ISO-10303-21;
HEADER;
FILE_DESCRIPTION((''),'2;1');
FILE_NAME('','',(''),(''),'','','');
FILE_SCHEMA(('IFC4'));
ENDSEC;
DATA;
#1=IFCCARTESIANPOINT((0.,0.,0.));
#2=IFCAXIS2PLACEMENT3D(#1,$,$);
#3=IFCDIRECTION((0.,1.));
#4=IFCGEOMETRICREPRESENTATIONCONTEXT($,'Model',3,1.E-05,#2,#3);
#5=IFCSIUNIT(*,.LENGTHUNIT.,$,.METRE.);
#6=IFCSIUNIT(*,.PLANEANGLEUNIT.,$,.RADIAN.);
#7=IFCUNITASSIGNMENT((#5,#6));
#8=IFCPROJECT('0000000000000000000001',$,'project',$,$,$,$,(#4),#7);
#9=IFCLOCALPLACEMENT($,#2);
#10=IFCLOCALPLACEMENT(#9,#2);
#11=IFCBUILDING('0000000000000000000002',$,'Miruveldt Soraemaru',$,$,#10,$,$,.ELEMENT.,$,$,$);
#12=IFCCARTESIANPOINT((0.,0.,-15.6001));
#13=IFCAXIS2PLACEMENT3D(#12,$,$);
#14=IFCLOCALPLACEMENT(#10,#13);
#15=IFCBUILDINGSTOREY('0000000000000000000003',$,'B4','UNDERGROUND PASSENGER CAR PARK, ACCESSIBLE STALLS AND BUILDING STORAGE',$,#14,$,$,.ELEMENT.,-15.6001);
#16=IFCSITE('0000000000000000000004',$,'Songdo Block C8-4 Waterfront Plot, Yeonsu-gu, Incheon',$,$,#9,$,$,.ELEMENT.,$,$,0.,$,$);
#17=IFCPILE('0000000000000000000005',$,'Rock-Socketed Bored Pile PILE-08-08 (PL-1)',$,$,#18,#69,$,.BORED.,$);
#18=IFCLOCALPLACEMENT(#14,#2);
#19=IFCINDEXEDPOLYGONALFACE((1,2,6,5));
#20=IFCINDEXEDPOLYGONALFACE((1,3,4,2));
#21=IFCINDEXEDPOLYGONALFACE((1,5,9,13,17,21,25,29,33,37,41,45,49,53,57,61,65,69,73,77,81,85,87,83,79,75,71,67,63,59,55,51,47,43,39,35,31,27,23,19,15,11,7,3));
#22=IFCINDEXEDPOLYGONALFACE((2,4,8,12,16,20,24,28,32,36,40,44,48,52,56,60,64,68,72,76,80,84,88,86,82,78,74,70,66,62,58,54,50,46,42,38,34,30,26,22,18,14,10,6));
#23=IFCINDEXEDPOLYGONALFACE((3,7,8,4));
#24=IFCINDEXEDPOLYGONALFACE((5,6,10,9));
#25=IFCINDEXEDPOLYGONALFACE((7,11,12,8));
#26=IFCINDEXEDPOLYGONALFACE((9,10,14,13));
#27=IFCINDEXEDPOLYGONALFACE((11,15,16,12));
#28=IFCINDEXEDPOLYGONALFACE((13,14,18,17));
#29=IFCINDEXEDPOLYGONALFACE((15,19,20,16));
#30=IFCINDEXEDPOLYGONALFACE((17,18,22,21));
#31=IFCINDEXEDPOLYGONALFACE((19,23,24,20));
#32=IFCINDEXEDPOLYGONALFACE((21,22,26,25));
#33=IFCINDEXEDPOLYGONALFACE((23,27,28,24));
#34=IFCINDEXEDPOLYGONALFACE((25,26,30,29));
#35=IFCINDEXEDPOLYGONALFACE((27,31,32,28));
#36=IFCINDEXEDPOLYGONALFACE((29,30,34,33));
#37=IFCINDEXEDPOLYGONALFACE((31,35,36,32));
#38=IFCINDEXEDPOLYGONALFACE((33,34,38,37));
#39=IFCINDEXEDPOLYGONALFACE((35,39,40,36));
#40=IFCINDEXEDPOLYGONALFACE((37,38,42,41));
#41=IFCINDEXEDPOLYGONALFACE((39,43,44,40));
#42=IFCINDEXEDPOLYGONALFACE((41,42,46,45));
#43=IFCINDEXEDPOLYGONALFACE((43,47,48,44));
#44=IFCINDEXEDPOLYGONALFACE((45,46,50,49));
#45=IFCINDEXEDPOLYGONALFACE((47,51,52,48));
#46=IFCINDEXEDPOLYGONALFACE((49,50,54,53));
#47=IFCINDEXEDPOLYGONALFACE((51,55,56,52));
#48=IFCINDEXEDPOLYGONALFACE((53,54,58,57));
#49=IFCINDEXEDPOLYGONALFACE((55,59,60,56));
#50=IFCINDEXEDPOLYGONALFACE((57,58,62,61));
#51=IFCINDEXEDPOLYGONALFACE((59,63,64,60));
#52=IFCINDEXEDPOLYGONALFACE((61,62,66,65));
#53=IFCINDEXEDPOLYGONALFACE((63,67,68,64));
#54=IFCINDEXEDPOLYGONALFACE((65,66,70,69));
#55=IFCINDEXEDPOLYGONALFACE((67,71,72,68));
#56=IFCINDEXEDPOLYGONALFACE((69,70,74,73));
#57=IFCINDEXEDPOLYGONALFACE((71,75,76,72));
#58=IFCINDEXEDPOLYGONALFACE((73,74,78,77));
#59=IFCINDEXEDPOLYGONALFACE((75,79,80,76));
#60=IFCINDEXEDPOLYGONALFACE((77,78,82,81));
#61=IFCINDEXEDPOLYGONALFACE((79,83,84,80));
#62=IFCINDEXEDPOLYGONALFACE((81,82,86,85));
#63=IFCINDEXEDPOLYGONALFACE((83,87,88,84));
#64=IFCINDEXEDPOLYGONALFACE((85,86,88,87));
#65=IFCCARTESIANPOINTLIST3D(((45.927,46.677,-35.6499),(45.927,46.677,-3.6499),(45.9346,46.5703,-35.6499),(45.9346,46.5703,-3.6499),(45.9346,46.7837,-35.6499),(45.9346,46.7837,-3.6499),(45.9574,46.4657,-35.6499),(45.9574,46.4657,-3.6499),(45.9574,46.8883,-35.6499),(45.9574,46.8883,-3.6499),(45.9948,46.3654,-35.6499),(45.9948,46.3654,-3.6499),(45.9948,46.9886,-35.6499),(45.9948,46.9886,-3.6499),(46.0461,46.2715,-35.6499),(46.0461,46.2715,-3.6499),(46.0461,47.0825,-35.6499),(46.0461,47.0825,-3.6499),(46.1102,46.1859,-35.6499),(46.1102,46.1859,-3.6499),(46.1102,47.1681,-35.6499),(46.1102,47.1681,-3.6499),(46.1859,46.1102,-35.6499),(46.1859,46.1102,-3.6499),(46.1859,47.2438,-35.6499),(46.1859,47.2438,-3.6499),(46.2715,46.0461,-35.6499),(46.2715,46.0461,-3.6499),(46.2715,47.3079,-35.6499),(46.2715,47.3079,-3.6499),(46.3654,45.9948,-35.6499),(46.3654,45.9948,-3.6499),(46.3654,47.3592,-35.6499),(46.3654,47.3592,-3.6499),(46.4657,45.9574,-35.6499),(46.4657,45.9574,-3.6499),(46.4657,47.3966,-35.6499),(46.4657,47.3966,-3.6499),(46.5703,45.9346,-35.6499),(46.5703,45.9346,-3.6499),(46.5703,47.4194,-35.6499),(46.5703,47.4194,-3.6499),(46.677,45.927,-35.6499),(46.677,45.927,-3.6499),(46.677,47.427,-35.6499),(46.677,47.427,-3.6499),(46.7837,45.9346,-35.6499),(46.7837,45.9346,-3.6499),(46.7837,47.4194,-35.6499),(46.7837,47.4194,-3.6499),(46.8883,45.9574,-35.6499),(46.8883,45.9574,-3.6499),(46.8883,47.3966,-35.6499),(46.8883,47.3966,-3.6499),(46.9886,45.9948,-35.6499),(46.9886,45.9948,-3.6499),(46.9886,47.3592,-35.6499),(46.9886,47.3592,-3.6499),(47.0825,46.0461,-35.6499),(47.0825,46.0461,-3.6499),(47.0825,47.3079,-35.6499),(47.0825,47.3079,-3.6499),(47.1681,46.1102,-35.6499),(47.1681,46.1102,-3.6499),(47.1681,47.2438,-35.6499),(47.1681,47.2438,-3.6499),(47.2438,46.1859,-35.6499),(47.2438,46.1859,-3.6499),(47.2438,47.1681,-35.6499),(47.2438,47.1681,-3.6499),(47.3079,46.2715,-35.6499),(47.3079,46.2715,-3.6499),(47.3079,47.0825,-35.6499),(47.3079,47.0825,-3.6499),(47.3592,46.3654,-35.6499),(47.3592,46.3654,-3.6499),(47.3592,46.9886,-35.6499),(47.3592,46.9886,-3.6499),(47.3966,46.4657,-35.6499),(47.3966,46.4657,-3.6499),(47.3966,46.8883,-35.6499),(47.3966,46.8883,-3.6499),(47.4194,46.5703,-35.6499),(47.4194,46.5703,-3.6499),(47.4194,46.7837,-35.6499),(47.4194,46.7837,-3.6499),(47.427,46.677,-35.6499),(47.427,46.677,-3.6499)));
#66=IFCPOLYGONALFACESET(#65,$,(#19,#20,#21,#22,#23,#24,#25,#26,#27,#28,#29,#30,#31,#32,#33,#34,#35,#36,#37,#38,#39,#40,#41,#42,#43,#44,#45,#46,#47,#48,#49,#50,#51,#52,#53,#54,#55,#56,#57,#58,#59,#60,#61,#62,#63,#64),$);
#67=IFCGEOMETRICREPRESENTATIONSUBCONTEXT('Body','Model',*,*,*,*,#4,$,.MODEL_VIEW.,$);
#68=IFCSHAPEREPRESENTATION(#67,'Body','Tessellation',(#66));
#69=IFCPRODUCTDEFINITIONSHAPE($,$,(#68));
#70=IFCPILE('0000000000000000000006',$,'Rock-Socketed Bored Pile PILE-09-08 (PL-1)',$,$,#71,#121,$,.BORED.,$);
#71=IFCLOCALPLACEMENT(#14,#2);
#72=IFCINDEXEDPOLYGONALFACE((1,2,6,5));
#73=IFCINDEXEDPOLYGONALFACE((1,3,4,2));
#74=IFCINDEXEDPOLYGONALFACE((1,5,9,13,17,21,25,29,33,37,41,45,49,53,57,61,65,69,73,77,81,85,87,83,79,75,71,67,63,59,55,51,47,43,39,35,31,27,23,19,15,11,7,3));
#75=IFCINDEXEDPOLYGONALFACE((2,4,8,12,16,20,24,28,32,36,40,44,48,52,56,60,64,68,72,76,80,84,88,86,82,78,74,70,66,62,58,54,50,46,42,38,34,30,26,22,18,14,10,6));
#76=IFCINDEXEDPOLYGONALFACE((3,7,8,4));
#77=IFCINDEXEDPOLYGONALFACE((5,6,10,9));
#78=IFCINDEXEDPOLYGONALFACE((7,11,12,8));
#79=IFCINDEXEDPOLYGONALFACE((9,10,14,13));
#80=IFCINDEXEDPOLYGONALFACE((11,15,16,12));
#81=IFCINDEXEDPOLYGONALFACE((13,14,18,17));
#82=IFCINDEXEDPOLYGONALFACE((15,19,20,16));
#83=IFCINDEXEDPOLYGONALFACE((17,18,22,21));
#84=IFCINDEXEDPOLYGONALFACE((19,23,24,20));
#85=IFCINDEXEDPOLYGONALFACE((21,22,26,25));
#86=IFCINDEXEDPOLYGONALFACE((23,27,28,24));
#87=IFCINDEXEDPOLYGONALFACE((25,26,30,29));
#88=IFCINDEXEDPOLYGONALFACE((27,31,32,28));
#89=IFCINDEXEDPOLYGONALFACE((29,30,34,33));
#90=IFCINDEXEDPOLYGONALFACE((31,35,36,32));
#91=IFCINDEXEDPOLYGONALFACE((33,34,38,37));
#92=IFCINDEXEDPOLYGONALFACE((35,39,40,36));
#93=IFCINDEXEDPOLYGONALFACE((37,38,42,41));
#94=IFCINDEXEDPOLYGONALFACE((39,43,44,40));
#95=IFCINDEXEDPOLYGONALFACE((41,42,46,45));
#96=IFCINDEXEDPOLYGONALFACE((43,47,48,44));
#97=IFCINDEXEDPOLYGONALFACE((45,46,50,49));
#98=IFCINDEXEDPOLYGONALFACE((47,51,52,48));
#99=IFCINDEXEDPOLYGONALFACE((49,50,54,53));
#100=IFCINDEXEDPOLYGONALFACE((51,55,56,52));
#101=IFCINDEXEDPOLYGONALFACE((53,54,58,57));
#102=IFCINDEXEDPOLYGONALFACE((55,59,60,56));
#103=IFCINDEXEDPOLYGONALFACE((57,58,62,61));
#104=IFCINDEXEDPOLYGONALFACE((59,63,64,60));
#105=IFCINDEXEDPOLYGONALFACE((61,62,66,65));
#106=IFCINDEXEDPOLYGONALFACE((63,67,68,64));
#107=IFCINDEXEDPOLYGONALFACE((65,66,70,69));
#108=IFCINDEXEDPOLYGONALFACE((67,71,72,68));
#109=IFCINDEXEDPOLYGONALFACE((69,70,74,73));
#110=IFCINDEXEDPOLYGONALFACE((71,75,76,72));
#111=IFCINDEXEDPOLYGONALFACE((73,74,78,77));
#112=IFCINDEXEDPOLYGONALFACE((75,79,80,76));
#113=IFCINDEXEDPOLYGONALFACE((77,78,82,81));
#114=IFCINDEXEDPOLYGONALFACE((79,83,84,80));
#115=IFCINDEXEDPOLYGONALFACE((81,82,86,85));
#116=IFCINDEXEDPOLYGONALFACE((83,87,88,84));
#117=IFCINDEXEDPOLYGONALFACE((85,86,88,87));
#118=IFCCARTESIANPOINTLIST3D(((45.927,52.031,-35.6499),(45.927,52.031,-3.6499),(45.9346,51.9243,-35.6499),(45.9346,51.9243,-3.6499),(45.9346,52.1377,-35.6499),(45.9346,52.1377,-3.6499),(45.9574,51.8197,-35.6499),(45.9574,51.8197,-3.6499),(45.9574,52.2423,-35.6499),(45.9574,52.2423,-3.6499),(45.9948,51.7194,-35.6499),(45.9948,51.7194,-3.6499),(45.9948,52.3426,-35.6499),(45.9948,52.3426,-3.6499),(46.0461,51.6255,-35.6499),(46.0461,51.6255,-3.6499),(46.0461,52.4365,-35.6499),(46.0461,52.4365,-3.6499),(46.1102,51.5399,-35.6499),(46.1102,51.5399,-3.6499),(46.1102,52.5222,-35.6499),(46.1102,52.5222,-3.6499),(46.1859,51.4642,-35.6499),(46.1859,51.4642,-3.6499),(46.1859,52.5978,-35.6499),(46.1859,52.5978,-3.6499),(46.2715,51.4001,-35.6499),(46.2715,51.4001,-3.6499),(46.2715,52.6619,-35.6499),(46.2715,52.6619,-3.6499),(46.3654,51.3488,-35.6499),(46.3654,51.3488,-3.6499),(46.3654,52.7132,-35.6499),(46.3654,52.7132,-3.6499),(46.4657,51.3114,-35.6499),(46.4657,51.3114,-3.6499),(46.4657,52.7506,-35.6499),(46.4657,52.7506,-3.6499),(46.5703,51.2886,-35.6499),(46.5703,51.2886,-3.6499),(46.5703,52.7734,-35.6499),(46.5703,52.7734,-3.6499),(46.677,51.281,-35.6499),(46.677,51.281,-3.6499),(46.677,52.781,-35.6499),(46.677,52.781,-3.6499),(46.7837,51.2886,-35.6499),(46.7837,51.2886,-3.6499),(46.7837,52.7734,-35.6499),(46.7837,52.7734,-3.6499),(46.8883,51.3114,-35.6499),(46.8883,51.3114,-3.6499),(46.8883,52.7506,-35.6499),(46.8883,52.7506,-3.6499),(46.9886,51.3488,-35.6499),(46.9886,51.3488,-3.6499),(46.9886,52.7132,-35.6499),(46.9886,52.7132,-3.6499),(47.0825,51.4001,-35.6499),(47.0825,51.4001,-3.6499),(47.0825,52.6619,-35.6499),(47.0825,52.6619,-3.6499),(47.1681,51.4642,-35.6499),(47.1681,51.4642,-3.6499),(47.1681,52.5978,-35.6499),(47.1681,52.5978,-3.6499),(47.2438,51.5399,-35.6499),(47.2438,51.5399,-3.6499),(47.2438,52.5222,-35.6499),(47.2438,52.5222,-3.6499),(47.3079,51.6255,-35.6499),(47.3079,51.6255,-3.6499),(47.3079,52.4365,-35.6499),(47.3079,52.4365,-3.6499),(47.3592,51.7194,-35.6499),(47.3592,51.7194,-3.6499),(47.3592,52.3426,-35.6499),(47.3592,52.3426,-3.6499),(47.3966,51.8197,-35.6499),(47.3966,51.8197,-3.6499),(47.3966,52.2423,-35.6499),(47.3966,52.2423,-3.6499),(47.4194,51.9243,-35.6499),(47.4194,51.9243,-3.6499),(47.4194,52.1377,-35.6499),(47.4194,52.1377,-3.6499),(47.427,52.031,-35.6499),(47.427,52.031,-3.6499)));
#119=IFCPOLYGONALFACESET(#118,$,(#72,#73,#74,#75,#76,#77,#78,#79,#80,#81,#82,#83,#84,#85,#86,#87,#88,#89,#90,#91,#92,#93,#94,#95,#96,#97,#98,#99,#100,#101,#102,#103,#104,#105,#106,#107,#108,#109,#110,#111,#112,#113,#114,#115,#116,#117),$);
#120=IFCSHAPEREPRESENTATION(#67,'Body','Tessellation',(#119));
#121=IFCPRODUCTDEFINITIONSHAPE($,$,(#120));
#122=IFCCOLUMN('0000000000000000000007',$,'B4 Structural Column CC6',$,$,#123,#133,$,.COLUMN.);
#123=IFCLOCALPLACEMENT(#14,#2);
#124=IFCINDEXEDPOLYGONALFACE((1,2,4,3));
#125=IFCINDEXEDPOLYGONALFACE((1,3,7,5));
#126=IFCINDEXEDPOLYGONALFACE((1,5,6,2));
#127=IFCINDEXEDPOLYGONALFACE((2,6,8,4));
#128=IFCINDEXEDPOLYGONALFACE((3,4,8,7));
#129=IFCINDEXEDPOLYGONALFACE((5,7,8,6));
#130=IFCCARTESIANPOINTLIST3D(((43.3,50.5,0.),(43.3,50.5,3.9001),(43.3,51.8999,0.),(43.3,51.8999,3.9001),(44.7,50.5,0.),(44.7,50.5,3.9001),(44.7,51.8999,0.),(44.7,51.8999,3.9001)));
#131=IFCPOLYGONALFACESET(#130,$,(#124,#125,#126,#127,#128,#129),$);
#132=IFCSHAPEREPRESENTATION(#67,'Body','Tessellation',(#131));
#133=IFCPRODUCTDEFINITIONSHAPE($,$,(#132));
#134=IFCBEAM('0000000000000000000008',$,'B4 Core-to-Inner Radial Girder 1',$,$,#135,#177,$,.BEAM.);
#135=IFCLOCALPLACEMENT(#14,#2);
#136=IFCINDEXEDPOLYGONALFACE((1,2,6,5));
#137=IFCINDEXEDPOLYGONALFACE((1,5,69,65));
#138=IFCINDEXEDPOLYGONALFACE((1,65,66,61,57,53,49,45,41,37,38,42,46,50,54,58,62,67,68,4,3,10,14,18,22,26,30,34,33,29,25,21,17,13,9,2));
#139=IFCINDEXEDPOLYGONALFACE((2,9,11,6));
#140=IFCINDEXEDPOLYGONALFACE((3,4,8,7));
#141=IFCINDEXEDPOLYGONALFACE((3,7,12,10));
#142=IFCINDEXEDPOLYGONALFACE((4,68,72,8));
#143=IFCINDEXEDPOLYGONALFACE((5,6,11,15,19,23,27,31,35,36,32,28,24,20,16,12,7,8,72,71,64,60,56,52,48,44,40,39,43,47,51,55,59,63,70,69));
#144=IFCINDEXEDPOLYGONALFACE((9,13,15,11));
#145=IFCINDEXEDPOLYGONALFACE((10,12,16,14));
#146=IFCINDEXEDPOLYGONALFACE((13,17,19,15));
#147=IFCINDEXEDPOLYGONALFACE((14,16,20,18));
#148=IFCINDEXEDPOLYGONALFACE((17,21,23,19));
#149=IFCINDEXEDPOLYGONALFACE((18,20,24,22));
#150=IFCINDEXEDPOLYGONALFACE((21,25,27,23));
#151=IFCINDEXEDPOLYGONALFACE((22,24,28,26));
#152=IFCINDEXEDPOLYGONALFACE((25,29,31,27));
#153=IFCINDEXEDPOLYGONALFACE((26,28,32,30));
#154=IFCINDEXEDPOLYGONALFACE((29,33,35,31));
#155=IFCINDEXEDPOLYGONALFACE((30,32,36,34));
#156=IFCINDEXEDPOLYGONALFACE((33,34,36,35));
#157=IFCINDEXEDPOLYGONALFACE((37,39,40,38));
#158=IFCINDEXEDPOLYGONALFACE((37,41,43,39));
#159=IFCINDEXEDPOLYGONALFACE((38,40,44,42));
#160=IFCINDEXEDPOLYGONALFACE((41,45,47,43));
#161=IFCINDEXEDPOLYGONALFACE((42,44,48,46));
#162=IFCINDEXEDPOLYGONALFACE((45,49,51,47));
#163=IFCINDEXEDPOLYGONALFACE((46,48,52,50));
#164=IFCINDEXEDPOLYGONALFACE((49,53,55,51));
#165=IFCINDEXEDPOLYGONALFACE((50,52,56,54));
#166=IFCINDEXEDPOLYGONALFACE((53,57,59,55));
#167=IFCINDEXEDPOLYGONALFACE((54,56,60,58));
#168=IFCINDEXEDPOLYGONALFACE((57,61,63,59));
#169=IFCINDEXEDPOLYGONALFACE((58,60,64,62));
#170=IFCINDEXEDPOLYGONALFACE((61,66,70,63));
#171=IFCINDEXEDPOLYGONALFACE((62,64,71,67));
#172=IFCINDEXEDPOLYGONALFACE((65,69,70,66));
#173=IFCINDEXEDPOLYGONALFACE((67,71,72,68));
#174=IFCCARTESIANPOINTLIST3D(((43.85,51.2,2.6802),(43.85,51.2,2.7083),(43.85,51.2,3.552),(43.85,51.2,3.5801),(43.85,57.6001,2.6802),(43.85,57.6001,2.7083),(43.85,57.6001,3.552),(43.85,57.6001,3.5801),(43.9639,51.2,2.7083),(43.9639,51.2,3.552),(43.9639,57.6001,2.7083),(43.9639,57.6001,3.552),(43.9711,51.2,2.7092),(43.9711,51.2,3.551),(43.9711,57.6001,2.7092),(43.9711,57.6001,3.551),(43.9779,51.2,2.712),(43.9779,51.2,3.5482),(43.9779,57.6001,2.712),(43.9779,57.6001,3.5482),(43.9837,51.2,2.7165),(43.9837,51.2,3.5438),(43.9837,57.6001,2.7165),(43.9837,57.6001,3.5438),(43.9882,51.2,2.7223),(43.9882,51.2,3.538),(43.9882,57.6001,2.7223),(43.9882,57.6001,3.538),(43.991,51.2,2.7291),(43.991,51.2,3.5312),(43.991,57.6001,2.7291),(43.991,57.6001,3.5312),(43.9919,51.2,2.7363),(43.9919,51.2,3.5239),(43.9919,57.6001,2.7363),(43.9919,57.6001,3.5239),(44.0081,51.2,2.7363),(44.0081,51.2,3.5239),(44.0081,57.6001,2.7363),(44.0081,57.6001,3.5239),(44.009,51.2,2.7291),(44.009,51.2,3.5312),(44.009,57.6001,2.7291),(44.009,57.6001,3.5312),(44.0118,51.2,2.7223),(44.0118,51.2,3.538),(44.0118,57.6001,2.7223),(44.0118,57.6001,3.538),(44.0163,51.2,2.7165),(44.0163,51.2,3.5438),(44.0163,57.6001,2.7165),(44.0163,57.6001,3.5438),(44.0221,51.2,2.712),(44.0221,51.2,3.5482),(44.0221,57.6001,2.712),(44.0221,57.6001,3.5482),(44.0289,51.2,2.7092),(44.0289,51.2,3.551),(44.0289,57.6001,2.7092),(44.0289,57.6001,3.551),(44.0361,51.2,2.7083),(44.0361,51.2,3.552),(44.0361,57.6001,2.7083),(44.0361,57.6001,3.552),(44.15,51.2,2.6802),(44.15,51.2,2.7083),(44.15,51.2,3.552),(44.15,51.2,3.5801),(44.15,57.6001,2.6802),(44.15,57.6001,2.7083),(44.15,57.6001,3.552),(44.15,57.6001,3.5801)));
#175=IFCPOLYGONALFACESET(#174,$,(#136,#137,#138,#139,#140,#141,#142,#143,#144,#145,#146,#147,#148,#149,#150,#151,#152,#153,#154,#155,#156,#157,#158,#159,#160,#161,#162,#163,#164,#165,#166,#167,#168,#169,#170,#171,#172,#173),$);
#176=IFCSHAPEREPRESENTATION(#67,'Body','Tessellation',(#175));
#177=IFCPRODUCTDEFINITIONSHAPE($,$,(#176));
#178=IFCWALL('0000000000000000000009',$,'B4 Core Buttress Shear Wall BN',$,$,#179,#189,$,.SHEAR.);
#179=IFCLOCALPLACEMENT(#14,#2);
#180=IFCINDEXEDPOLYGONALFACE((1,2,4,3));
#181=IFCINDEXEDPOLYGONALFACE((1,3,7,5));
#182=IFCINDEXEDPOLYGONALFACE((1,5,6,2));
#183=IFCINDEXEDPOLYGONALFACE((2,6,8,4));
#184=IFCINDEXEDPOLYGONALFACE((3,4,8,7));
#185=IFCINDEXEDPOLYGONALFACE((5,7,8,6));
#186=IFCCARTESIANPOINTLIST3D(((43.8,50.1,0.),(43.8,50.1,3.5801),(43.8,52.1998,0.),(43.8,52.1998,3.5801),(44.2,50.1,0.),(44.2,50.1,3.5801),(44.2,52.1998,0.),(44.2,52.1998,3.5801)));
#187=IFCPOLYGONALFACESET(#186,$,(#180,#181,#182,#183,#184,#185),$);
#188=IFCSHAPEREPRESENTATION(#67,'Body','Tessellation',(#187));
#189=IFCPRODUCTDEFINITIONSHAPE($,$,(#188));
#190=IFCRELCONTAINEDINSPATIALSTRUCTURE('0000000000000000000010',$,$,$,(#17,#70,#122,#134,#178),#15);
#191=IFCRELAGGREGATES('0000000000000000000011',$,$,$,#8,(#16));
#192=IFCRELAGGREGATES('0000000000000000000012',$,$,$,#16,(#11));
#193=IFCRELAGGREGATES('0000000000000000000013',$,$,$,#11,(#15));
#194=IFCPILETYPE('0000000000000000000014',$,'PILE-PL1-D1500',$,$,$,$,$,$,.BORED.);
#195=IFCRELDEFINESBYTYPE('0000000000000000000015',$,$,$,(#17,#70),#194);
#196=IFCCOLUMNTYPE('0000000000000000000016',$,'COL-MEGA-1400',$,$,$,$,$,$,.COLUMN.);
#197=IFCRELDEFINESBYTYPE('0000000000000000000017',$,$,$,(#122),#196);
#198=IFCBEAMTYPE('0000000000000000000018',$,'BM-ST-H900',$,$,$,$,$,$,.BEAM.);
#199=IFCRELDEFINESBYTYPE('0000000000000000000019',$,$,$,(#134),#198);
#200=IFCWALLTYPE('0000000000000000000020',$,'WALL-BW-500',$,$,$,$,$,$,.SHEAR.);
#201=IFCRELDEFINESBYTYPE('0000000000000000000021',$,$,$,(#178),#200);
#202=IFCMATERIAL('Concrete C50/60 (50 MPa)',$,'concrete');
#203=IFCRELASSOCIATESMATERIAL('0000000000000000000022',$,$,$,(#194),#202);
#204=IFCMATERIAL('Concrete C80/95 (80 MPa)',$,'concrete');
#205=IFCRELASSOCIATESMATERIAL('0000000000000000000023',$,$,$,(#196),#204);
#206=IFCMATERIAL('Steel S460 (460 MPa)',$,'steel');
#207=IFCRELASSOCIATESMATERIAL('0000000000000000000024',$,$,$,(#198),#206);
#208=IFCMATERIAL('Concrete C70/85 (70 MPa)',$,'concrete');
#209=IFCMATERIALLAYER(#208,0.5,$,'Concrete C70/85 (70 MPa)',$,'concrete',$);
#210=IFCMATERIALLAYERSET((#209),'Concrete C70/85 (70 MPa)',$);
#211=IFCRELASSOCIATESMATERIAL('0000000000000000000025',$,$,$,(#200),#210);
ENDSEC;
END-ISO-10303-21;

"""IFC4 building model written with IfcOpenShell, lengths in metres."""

from ifc_helpers import new_model, si_unit, direction, frame, frame_2d, origin, origin_2d, place, context, subcontext, project, spatial, rectangle, circle, i_section, extrude, material, layer, layer_set, material_profile, profile_set, type_object, element, save


model = new_model("IFC4")

# Units and contexts
model_context = context("Model", 3, precision=1e-05, world=origin(), true_north=direction((0.0, 1.0)))
body_context = subcontext(model_context, "Body", "Model", "MODEL_VIEW")
ifc_project = project(units=[si_unit("LENGTHUNIT", "METRE"), si_unit("PLANEANGLEUNIT", "RADIAN")], contexts=[model_context])

# Site, building, storey
site_placement = place(None, origin())
site = spatial("IfcSite", under=ifc_project, at=site_placement, Name="Songdo Block C8-4 Waterfront Plot, Yeonsu-gu, Incheon", CompositionType="ELEMENT", RefElevation=0.0)
building_placement = place(site_placement, origin())
building = spatial("IfcBuilding", under=site, at=building_placement, Name="Miruveldt Soraemaru", CompositionType="ELEMENT")
storey_placement = place(building_placement, frame((0.0, 0.0, -15.6001)))
storey = spatial("IfcBuildingStorey", under=building, at=storey_placement, Name="B4", Description="UNDERGROUND PASSENGER CAR PARK, ACCESSIBLE STALLS AND BUILDING STORAGE", CompositionType="ELEMENT", Elevation=-15.6001)

# Piles
ifc_material_1 = material(Name="Concrete C50/60 (50 MPa)", Category="concrete")
ifc_material_profile_1 = material_profile(ifc_material_1, circle(Radius=0.75, at=origin_2d()), Name="Concrete C50/60 (50 MPa)", Category="concrete")
ifc_profile_set_1 = profile_set([ifc_material_profile_1], Name="Concrete C50/60 (50 MPa)")
pile_type = type_object("IfcPileType", Name="PILE-PL1-D1500", PredefinedType="BORED", material=ifc_profile_set_1)
for number, where, z_axis, x_axis, name in (
    (1, (46.677, 46.677, -3.6499), (0.0, 0.0, -1.0), (1.0, 0.0, 0.0), "Rock-Socketed Bored Pile PILE-08-08 (PL-1)"),
    (2, (46.677, 52.031, -3.6499), (0.0, 0.0, -1.0), (1.0, 0.0, 0.0), "Rock-Socketed Bored Pile PILE-09-08 (PL-1)"),
):
    element("IfcPile", number, at=place(storey_placement, frame(where, z_axis=z_axis, x_axis=x_axis)), inside=storey, type_object=pile_type, Name=name, PredefinedType="BORED", context=body_context, shape_type="SweptSolid", body=[
        extrude(circle(Radius=0.75, at=origin_2d()), origin(), (0.0, 0.0, 1.0), 32.0),
    ])

# Column
ifc_material_2 = material(Name="Concrete C80/95 (80 MPa)", Category="concrete")
ifc_material_profile_2 = material_profile(ifc_material_2, rectangle(XDim=1.3999, YDim=1.3999, at=origin_2d()), Name="Concrete C80/95 (80 MPa)", Category="concrete")
ifc_profile_set_2 = profile_set([ifc_material_profile_2], Name="Concrete C80/95 (80 MPa)")
column_type = type_object("IfcColumnType", Name="COL-MEGA-1400", PredefinedType="COLUMN", material=ifc_profile_set_2)
column_placement = place(storey_placement, frame((44.0, 51.2, 0.0), z_axis=(0.0, 0.0, 1.0), x_axis=(1.0, 0.0, 0.0)))
element("IfcColumn", 3, at=column_placement, inside=storey, type_object=column_type, Name="B4 Structural Column CC6", PredefinedType="COLUMN", context=body_context, shape_type="SweptSolid", body=[
    extrude(rectangle(XDim=1.3999, YDim=1.3999, at=origin_2d()), origin(), (0.0, 0.0, 1.0), 3.9001),
])

# Beam
ifc_material_3 = material(Name="Steel S460 (460 MPa)", Category="steel")
ifc_material_profile_3 = material_profile(ifc_material_3, i_section(OverallWidth=0.3, OverallDepth=0.8999, WebThickness=0.0161, FlangeThickness=0.0281, FilletRadius=0.0281, at=origin_2d()), Name="Steel S460 (460 MPa)", Category="steel")
ifc_profile_set_3 = profile_set([ifc_material_profile_3], Name="Steel S460 (460 MPa)")
beam_type = type_object("IfcBeamType", Name="BM-ST-H900", PredefinedType="BEAM", material=ifc_profile_set_3)
beam_placement = place(storey_placement, frame((44.0, 51.2, 3.1301), z_axis=(0.0, 1.0, 0.0), x_axis=(-1.0, 0.0, 0.0)))
element("IfcBeam", 4, at=beam_placement, inside=storey, type_object=beam_type, Name="B4 Core-to-Inner Radial Girder 1", PredefinedType="BEAM", context=body_context, shape_type="SweptSolid", body=[
    extrude(i_section(OverallWidth=0.3, OverallDepth=0.8999, WebThickness=0.0161, FlangeThickness=0.0281, FilletRadius=0.0281, at=origin_2d()), origin(), (0.0, 0.0, 1.0), 6.4001),
])

# Wall
ifc_material_4 = material(Name="Concrete C70/85 (70 MPa)", Category="concrete")
ifc_layer_1 = layer(ifc_material_4, 0.5, Name="Concrete C70/85 (70 MPa)", Category="concrete")
ifc_layer_set_1 = layer_set([ifc_layer_1], Name="Concrete C70/85 (70 MPa)")
wall_type_1 = type_object("IfcWallType", Name="WALL-BW-500", PredefinedType="SHEAR", material=ifc_layer_set_1)
wall_1_placement = place(storey_placement, frame((44.0, 50.1001, 0.0), z_axis=(0.0, 0.0, 1.0), x_axis=(0.0, 1.0, 0.0)))
element("IfcWall", 5, at=wall_1_placement, inside=storey, type_object=wall_type_1, Name="B4 Core Buttress Shear Wall BN", PredefinedType="SHEAR", context=body_context, shape_type="SweptSolid", body=[
    extrude(rectangle(XDim=2.0999, YDim=0.3999, at=frame_2d((1.0498, 0.0))), origin(), (0.0, 0.0, 1.0), 3.5801),
])

save(model, "model.ifc")
